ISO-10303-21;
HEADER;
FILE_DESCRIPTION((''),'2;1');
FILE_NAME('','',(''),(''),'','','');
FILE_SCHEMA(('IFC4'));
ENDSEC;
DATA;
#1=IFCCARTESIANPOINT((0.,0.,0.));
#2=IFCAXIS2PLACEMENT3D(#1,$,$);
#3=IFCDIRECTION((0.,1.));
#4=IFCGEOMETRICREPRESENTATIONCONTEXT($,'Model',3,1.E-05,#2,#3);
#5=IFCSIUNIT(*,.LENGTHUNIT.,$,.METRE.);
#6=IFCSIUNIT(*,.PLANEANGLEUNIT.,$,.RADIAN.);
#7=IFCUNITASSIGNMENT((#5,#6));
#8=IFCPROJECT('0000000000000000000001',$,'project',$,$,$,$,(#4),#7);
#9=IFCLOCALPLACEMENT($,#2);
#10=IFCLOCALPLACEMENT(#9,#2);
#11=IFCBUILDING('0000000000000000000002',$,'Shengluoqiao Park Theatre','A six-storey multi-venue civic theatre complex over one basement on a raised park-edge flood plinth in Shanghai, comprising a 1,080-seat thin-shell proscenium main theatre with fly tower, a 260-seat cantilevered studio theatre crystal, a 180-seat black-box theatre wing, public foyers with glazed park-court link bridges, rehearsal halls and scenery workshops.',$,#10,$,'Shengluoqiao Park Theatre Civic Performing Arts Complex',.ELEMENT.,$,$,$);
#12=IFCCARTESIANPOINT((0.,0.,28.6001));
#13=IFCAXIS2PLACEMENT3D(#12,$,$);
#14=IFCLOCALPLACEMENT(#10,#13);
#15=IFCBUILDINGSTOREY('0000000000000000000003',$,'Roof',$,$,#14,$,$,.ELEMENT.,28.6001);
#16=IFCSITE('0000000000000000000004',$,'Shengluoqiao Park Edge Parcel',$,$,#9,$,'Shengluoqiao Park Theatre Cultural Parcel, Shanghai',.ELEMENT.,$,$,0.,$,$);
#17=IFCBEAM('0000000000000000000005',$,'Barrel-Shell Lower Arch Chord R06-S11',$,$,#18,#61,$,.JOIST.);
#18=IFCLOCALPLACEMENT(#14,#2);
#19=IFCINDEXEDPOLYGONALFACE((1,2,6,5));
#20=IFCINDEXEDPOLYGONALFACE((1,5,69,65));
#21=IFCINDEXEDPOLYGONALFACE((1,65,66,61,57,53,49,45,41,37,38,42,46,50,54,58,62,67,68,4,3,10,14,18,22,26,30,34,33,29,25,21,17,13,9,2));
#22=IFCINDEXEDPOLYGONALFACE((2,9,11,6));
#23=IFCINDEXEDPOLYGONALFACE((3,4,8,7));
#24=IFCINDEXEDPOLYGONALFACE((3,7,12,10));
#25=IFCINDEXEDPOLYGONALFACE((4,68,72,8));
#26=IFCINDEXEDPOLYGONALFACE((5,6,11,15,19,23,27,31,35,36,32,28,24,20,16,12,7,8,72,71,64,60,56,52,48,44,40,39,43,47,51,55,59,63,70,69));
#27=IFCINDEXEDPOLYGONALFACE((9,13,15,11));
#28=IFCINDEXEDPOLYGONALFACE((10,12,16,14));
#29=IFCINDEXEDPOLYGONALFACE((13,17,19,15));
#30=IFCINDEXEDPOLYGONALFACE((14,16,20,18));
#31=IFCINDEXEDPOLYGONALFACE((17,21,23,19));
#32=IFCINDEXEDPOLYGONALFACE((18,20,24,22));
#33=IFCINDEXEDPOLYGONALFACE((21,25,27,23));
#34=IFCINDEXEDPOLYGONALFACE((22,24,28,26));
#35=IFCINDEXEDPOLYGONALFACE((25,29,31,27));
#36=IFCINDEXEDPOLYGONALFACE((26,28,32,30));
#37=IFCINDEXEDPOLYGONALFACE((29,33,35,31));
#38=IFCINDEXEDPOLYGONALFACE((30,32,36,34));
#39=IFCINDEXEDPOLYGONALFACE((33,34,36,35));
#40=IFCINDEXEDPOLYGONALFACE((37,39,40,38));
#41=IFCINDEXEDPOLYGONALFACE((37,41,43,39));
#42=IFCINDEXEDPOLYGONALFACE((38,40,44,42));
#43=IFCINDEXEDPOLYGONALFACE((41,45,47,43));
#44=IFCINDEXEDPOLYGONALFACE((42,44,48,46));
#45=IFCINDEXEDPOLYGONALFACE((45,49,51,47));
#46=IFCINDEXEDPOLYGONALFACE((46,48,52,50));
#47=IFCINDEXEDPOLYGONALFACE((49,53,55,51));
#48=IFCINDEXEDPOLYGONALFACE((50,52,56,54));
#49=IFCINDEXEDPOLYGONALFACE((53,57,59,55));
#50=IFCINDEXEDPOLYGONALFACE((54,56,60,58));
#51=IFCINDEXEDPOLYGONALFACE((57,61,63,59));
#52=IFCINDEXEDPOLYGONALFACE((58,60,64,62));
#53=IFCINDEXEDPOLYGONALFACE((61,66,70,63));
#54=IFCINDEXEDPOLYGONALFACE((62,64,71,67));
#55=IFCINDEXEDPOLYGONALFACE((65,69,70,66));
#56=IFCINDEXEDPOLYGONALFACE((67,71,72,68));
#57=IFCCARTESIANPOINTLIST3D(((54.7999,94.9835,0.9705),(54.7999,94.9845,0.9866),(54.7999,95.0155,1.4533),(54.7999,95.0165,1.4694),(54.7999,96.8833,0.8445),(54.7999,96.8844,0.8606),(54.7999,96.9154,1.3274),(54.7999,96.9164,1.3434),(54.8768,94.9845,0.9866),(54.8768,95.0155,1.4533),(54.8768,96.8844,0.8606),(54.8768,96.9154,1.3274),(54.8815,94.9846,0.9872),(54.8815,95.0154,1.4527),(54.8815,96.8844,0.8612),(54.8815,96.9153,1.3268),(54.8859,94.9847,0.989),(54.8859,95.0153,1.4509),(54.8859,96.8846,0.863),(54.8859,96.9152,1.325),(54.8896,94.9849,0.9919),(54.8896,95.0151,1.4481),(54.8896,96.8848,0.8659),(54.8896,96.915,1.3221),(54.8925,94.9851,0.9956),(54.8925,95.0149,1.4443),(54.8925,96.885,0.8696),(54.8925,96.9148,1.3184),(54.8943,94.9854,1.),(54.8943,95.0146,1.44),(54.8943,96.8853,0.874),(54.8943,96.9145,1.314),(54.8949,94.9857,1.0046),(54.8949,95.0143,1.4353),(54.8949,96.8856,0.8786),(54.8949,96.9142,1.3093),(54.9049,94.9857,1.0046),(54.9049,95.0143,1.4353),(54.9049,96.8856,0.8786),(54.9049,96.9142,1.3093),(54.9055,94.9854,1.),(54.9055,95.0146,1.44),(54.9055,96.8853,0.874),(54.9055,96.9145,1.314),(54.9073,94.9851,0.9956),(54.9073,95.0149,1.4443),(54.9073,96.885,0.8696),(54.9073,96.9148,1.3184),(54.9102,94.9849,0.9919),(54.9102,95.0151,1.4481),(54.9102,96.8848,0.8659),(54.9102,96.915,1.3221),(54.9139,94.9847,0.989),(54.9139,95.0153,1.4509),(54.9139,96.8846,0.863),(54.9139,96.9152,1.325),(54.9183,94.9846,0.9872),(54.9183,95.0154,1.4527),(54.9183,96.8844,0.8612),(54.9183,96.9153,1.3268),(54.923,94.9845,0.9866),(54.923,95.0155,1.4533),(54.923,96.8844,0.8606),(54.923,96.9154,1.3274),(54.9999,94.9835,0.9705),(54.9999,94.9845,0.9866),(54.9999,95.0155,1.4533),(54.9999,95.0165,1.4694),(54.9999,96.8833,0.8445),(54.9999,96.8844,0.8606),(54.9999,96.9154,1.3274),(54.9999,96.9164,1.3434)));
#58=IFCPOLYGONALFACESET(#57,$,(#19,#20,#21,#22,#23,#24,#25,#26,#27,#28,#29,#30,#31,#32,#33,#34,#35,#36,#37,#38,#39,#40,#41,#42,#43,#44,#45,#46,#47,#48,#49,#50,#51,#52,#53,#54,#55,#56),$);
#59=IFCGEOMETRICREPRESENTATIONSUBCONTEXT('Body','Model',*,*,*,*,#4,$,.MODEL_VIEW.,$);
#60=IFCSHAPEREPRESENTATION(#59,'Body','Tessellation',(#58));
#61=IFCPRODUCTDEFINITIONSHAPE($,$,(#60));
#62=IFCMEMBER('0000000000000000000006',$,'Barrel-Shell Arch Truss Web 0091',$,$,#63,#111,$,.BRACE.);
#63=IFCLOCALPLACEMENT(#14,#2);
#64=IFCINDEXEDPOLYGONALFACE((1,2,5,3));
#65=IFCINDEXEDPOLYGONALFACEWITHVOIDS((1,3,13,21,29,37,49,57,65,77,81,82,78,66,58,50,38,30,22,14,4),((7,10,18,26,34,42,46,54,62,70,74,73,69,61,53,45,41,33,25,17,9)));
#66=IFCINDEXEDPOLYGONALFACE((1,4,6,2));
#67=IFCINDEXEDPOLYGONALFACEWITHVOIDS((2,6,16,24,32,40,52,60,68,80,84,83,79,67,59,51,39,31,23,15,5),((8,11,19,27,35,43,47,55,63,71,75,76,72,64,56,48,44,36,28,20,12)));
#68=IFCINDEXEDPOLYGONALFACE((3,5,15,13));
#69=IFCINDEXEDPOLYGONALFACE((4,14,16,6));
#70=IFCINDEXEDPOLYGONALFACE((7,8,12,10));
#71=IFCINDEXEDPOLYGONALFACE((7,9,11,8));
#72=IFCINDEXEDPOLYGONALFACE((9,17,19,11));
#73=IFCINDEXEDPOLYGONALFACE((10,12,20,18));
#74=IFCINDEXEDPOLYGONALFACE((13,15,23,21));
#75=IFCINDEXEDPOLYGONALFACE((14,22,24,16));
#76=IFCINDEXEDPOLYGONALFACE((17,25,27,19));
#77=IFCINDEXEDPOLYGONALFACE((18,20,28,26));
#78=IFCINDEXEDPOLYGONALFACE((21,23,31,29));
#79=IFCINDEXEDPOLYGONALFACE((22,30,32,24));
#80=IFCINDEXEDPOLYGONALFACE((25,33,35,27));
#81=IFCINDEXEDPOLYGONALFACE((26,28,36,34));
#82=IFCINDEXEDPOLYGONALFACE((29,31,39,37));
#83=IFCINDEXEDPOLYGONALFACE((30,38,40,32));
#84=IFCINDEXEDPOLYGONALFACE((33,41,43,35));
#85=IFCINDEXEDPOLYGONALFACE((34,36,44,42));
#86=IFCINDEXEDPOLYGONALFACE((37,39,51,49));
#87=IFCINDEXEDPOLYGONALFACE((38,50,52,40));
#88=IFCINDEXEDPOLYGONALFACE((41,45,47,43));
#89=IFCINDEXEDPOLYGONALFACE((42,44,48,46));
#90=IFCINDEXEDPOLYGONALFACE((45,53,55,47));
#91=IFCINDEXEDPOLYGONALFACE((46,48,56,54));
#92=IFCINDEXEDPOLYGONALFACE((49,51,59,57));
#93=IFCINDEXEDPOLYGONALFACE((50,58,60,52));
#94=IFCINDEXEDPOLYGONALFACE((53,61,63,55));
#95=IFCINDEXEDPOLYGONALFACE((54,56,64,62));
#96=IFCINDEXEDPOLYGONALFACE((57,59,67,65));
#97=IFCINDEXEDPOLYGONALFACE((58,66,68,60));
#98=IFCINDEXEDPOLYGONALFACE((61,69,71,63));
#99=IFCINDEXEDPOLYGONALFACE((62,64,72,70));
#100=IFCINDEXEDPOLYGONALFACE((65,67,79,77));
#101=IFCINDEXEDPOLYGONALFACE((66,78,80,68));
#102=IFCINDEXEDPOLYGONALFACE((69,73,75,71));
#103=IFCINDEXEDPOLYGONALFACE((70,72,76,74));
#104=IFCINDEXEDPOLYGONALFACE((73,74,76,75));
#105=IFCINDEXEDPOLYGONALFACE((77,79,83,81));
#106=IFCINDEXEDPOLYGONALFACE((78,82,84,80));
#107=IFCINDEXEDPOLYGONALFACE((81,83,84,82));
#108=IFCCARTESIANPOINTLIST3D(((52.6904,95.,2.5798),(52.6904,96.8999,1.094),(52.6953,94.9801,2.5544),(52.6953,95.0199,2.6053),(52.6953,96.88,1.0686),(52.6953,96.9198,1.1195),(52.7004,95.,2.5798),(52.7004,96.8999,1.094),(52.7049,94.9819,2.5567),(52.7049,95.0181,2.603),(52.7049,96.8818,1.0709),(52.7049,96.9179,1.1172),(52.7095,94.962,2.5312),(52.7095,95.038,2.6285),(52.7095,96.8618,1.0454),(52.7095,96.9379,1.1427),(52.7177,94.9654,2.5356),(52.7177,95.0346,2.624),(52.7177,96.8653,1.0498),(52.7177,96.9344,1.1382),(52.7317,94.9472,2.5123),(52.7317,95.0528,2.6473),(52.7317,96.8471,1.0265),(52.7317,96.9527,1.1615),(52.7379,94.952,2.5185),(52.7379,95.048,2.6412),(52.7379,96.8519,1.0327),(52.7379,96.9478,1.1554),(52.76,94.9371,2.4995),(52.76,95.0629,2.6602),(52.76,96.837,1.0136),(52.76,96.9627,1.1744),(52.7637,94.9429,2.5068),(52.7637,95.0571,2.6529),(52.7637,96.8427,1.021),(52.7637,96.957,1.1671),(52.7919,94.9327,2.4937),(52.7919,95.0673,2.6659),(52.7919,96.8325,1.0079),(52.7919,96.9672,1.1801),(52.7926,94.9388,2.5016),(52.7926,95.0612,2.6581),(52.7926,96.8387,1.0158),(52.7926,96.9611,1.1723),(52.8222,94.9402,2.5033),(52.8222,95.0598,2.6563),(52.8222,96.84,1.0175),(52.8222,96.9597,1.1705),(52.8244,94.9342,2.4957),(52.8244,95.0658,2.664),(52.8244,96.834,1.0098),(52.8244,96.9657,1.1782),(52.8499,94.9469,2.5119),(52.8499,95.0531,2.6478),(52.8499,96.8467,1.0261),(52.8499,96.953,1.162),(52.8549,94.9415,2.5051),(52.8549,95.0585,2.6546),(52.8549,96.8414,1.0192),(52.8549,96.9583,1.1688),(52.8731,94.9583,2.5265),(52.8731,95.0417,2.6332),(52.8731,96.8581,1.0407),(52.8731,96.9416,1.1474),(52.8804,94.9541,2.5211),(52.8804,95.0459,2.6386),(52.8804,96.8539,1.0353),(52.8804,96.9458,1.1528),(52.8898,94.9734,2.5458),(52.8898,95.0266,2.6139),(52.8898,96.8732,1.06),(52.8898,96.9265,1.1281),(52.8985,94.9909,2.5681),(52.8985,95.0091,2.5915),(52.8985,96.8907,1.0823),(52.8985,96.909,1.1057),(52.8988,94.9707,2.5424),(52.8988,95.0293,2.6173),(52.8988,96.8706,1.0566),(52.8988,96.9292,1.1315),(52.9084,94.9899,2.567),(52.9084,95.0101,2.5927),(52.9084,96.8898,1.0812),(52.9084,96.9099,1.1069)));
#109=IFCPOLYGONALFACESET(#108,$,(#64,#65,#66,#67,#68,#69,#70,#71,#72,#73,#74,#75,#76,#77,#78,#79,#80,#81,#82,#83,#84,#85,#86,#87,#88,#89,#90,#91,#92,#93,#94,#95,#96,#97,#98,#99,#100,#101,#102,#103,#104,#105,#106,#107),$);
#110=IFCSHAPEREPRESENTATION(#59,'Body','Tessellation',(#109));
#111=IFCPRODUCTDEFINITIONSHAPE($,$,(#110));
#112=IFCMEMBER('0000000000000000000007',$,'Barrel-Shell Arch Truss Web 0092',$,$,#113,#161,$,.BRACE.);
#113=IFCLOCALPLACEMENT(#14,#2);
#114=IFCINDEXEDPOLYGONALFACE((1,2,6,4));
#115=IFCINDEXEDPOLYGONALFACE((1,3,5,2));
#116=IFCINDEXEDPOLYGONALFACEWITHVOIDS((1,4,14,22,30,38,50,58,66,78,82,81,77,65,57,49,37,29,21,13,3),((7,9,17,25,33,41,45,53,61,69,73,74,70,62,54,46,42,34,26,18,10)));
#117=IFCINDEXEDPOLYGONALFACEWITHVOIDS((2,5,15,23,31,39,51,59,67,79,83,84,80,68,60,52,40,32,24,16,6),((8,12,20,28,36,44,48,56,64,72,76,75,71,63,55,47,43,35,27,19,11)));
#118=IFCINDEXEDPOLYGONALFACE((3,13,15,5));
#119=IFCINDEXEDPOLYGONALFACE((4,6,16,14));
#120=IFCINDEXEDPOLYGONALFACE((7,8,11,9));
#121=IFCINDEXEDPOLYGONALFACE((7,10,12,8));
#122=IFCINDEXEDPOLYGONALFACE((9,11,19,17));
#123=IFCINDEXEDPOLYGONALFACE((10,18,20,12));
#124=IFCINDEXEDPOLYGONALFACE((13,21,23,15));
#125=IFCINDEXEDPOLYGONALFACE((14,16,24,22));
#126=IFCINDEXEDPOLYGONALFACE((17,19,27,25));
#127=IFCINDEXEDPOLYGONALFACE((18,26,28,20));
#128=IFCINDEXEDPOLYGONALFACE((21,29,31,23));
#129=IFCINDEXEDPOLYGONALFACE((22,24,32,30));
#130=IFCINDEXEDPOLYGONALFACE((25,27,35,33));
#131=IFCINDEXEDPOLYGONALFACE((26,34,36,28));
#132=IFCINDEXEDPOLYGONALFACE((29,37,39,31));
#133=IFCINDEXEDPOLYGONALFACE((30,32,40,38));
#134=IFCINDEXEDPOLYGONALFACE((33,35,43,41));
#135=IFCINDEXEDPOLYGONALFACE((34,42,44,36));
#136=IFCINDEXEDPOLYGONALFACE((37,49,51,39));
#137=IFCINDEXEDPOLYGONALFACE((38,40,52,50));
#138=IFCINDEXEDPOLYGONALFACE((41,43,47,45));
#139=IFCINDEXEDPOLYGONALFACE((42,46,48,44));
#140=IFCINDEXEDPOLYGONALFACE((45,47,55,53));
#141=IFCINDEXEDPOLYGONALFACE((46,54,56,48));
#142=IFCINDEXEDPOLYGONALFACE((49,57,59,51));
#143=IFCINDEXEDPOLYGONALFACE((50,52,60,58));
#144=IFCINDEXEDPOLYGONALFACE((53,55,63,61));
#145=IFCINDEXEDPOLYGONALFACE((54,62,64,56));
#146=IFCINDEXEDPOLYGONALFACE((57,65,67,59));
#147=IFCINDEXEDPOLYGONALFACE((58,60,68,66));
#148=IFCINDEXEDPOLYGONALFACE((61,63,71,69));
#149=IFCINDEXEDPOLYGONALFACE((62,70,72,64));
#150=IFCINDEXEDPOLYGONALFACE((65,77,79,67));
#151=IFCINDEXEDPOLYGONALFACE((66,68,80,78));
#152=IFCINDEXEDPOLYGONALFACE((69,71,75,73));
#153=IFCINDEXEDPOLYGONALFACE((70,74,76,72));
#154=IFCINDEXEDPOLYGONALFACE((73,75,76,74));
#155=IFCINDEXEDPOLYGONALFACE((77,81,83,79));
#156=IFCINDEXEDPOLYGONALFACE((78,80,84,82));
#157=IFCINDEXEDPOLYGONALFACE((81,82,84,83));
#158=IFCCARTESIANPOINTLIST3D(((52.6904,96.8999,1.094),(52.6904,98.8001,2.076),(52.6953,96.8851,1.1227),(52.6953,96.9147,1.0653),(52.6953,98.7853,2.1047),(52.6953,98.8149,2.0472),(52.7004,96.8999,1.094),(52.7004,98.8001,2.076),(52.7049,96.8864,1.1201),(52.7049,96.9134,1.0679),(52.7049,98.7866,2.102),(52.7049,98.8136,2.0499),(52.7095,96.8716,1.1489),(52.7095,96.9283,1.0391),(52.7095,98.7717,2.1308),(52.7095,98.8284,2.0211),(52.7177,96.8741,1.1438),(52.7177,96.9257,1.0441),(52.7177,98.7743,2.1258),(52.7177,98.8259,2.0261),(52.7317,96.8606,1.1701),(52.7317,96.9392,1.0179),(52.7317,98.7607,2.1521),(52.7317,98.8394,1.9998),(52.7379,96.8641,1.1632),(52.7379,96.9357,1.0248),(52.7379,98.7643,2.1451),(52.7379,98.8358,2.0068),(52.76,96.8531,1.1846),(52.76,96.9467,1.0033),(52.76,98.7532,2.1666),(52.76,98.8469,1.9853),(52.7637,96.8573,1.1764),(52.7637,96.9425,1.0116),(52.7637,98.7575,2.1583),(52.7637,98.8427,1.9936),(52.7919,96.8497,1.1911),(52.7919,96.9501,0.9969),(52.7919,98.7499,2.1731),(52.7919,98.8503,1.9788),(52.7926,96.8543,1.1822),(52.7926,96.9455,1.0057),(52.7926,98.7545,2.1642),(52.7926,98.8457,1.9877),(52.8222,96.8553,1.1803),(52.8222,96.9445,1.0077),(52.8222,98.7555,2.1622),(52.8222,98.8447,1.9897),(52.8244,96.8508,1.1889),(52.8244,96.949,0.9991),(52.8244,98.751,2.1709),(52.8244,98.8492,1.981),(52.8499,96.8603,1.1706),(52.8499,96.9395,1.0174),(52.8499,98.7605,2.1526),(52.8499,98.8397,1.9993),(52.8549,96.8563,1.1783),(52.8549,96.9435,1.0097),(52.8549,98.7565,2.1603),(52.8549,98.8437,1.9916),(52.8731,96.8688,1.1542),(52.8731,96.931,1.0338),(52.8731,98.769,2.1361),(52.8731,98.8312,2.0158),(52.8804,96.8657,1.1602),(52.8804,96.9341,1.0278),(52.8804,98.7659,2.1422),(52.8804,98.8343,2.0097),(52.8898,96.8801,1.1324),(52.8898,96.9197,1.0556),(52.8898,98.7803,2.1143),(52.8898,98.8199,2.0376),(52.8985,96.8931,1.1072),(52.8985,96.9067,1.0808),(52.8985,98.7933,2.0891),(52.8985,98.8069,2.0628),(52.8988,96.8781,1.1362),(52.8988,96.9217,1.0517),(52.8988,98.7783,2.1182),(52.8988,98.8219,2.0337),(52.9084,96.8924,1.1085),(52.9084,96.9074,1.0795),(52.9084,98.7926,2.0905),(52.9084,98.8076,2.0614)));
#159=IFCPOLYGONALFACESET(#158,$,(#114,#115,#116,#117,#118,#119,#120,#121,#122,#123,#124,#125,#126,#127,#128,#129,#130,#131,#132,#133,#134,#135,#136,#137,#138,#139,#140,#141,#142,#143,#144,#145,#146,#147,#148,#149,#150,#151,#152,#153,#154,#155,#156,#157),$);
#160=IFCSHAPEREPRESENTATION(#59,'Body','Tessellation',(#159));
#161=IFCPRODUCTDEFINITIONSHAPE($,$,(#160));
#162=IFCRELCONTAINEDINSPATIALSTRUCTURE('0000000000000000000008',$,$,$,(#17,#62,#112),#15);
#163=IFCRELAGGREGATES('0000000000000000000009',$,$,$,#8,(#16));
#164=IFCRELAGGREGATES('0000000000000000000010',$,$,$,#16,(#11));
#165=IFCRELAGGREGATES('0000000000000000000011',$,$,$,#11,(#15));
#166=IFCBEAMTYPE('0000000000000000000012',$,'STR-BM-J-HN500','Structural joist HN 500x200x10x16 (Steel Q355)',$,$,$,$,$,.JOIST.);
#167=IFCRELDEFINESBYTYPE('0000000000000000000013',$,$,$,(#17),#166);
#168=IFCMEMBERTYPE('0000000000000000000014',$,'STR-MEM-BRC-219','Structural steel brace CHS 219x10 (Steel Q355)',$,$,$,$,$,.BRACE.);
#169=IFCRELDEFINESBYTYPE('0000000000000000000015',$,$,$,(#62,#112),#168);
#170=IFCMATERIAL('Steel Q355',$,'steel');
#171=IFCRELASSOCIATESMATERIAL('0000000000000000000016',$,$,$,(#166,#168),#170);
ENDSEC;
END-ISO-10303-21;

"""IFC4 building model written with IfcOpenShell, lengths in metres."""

from ifc_helpers import new_model, si_unit, direction, frame, origin, origin_2d, place, context, subcontext, project, spatial, hollow_circle, i_section, extrude, material, material_profile, profile_set, type_object, element, save


model = new_model("IFC4")

# Units and contexts
model_context = context("Model", 3, precision=1e-05, world=origin(), true_north=direction((0.0, 1.0)))
body_context = subcontext(model_context, "Body", "Model", "MODEL_VIEW")
ifc_project = project(units=[si_unit("LENGTHUNIT", "METRE"), si_unit("PLANEANGLEUNIT", "RADIAN")], contexts=[model_context])

# Site, building, storey
site_placement = place(None, origin())
site = spatial("IfcSite", under=ifc_project, at=site_placement, Name="Shengluoqiao Park Edge Parcel", LongName="Shengluoqiao Park Theatre Cultural Parcel, Shanghai", CompositionType="ELEMENT", RefElevation=0.0)
building_placement = place(site_placement, origin())
building = spatial("IfcBuilding", under=site, at=building_placement, Name="Shengluoqiao Park Theatre", Description="A six-storey multi-venue civic theatre complex over one basement on a raised park-edge flood plinth in Shanghai, comprising a 1,080-seat thin-shell proscenium main theatre with fly tower, a 260-seat cantilevered studio theatre crystal, a 180-seat black-box theatre wing, public foyers with glazed park-court link bridges, rehearsal halls and scenery workshops.", LongName="Shengluoqiao Park Theatre Civic Performing Arts Complex", CompositionType="ELEMENT")
storey_placement = place(building_placement, frame((0.0, 0.0, 28.6001)))
storey = spatial("IfcBuildingStorey", under=building, at=storey_placement, Name="Roof", CompositionType="ELEMENT", Elevation=28.6001)

# Beam
ifc_material_1 = material(Name="Steel Q355", Category="steel")
ifc_material_profile_1 = material_profile(ifc_material_1, i_section(OverallWidth=0.2, OverallDepth=0.5, WebThickness=0.01, FlangeThickness=0.0161, FilletRadius=0.0181, at=origin_2d()), Name="HN 500x200x10x16")
ifc_profile_set_1 = profile_set([ifc_material_profile_1], Name="Steel Q355")
beam_type_1 = type_object("IfcBeamType", Name="STR-BM-J-HN500", Description="Structural joist HN 500x200x10x16 (Steel Q355)", PredefinedType="JOIST", material=ifc_profile_set_1)
beam_1_placement = place(storey_placement, frame((54.8999, 95.0, 1.22), z_axis=(0.0, 0.997809, -0.066162), x_axis=(-1.0, 0.0, 0.0)))
element("IfcBeam", 1, at=beam_1_placement, inside=storey, type_object=beam_type_1, Name="Barrel-Shell Lower Arch Chord R06-S11", PredefinedType="JOIST", context=body_context, shape_type="SweptSolid", body=[
    extrude(i_section(OverallWidth=0.2, OverallDepth=0.5, WebThickness=0.01, FlangeThickness=0.0161, FilletRadius=0.0181, at=origin_2d()), origin(), (0.0, 0.0, 1.0), 1.9041),
])

# Members
ifc_material_profile_2 = material_profile(ifc_material_1, hollow_circle(Radius=0.1096, WallThickness=0.01, at=origin_2d()), Name="CHS 219x10")
ifc_profile_set_2 = profile_set([ifc_material_profile_2], Name="Steel Q355")
member_type_1 = type_object("IfcMemberType", Name="STR-MEM-BRC-219", Description="Structural steel brace CHS 219x10 (Steel Q355)", PredefinedType="BRACE", material=ifc_profile_set_2)
member_1_placement = place(storey_placement, frame((52.8, 95.0, 2.5798), z_axis=(0.0, 0.787714, -0.616041), x_axis=(-1.0, 0.0, 0.0)))
element("IfcMember", 2, at=member_1_placement, inside=storey, type_object=member_type_1, Name="Barrel-Shell Arch Truss Web 0091", PredefinedType="BRACE", context=body_context, shape_type="SweptSolid", body=[
    extrude(hollow_circle(Radius=0.1096, WallThickness=0.01, at=origin_2d()), origin(), (0.0, 0.0, 1.0), 2.4119),
])
member_2_placement = place(storey_placement, frame((52.8, 96.8999, 1.094), z_axis=(0.0, 0.888389, 0.459091), x_axis=(-1.0, 0.0, 0.0)))
element("IfcMember", 3, at=member_2_placement, inside=storey, type_object=member_type_1, Name="Barrel-Shell Arch Truss Web 0092", PredefinedType="BRACE", context=body_context, shape_type="SweptSolid", body=[
    extrude(hollow_circle(Radius=0.1096, WallThickness=0.01, at=origin_2d()), origin(), (0.0, 0.0, 1.0), 2.1389),
])

save(model, "model.ifc")
